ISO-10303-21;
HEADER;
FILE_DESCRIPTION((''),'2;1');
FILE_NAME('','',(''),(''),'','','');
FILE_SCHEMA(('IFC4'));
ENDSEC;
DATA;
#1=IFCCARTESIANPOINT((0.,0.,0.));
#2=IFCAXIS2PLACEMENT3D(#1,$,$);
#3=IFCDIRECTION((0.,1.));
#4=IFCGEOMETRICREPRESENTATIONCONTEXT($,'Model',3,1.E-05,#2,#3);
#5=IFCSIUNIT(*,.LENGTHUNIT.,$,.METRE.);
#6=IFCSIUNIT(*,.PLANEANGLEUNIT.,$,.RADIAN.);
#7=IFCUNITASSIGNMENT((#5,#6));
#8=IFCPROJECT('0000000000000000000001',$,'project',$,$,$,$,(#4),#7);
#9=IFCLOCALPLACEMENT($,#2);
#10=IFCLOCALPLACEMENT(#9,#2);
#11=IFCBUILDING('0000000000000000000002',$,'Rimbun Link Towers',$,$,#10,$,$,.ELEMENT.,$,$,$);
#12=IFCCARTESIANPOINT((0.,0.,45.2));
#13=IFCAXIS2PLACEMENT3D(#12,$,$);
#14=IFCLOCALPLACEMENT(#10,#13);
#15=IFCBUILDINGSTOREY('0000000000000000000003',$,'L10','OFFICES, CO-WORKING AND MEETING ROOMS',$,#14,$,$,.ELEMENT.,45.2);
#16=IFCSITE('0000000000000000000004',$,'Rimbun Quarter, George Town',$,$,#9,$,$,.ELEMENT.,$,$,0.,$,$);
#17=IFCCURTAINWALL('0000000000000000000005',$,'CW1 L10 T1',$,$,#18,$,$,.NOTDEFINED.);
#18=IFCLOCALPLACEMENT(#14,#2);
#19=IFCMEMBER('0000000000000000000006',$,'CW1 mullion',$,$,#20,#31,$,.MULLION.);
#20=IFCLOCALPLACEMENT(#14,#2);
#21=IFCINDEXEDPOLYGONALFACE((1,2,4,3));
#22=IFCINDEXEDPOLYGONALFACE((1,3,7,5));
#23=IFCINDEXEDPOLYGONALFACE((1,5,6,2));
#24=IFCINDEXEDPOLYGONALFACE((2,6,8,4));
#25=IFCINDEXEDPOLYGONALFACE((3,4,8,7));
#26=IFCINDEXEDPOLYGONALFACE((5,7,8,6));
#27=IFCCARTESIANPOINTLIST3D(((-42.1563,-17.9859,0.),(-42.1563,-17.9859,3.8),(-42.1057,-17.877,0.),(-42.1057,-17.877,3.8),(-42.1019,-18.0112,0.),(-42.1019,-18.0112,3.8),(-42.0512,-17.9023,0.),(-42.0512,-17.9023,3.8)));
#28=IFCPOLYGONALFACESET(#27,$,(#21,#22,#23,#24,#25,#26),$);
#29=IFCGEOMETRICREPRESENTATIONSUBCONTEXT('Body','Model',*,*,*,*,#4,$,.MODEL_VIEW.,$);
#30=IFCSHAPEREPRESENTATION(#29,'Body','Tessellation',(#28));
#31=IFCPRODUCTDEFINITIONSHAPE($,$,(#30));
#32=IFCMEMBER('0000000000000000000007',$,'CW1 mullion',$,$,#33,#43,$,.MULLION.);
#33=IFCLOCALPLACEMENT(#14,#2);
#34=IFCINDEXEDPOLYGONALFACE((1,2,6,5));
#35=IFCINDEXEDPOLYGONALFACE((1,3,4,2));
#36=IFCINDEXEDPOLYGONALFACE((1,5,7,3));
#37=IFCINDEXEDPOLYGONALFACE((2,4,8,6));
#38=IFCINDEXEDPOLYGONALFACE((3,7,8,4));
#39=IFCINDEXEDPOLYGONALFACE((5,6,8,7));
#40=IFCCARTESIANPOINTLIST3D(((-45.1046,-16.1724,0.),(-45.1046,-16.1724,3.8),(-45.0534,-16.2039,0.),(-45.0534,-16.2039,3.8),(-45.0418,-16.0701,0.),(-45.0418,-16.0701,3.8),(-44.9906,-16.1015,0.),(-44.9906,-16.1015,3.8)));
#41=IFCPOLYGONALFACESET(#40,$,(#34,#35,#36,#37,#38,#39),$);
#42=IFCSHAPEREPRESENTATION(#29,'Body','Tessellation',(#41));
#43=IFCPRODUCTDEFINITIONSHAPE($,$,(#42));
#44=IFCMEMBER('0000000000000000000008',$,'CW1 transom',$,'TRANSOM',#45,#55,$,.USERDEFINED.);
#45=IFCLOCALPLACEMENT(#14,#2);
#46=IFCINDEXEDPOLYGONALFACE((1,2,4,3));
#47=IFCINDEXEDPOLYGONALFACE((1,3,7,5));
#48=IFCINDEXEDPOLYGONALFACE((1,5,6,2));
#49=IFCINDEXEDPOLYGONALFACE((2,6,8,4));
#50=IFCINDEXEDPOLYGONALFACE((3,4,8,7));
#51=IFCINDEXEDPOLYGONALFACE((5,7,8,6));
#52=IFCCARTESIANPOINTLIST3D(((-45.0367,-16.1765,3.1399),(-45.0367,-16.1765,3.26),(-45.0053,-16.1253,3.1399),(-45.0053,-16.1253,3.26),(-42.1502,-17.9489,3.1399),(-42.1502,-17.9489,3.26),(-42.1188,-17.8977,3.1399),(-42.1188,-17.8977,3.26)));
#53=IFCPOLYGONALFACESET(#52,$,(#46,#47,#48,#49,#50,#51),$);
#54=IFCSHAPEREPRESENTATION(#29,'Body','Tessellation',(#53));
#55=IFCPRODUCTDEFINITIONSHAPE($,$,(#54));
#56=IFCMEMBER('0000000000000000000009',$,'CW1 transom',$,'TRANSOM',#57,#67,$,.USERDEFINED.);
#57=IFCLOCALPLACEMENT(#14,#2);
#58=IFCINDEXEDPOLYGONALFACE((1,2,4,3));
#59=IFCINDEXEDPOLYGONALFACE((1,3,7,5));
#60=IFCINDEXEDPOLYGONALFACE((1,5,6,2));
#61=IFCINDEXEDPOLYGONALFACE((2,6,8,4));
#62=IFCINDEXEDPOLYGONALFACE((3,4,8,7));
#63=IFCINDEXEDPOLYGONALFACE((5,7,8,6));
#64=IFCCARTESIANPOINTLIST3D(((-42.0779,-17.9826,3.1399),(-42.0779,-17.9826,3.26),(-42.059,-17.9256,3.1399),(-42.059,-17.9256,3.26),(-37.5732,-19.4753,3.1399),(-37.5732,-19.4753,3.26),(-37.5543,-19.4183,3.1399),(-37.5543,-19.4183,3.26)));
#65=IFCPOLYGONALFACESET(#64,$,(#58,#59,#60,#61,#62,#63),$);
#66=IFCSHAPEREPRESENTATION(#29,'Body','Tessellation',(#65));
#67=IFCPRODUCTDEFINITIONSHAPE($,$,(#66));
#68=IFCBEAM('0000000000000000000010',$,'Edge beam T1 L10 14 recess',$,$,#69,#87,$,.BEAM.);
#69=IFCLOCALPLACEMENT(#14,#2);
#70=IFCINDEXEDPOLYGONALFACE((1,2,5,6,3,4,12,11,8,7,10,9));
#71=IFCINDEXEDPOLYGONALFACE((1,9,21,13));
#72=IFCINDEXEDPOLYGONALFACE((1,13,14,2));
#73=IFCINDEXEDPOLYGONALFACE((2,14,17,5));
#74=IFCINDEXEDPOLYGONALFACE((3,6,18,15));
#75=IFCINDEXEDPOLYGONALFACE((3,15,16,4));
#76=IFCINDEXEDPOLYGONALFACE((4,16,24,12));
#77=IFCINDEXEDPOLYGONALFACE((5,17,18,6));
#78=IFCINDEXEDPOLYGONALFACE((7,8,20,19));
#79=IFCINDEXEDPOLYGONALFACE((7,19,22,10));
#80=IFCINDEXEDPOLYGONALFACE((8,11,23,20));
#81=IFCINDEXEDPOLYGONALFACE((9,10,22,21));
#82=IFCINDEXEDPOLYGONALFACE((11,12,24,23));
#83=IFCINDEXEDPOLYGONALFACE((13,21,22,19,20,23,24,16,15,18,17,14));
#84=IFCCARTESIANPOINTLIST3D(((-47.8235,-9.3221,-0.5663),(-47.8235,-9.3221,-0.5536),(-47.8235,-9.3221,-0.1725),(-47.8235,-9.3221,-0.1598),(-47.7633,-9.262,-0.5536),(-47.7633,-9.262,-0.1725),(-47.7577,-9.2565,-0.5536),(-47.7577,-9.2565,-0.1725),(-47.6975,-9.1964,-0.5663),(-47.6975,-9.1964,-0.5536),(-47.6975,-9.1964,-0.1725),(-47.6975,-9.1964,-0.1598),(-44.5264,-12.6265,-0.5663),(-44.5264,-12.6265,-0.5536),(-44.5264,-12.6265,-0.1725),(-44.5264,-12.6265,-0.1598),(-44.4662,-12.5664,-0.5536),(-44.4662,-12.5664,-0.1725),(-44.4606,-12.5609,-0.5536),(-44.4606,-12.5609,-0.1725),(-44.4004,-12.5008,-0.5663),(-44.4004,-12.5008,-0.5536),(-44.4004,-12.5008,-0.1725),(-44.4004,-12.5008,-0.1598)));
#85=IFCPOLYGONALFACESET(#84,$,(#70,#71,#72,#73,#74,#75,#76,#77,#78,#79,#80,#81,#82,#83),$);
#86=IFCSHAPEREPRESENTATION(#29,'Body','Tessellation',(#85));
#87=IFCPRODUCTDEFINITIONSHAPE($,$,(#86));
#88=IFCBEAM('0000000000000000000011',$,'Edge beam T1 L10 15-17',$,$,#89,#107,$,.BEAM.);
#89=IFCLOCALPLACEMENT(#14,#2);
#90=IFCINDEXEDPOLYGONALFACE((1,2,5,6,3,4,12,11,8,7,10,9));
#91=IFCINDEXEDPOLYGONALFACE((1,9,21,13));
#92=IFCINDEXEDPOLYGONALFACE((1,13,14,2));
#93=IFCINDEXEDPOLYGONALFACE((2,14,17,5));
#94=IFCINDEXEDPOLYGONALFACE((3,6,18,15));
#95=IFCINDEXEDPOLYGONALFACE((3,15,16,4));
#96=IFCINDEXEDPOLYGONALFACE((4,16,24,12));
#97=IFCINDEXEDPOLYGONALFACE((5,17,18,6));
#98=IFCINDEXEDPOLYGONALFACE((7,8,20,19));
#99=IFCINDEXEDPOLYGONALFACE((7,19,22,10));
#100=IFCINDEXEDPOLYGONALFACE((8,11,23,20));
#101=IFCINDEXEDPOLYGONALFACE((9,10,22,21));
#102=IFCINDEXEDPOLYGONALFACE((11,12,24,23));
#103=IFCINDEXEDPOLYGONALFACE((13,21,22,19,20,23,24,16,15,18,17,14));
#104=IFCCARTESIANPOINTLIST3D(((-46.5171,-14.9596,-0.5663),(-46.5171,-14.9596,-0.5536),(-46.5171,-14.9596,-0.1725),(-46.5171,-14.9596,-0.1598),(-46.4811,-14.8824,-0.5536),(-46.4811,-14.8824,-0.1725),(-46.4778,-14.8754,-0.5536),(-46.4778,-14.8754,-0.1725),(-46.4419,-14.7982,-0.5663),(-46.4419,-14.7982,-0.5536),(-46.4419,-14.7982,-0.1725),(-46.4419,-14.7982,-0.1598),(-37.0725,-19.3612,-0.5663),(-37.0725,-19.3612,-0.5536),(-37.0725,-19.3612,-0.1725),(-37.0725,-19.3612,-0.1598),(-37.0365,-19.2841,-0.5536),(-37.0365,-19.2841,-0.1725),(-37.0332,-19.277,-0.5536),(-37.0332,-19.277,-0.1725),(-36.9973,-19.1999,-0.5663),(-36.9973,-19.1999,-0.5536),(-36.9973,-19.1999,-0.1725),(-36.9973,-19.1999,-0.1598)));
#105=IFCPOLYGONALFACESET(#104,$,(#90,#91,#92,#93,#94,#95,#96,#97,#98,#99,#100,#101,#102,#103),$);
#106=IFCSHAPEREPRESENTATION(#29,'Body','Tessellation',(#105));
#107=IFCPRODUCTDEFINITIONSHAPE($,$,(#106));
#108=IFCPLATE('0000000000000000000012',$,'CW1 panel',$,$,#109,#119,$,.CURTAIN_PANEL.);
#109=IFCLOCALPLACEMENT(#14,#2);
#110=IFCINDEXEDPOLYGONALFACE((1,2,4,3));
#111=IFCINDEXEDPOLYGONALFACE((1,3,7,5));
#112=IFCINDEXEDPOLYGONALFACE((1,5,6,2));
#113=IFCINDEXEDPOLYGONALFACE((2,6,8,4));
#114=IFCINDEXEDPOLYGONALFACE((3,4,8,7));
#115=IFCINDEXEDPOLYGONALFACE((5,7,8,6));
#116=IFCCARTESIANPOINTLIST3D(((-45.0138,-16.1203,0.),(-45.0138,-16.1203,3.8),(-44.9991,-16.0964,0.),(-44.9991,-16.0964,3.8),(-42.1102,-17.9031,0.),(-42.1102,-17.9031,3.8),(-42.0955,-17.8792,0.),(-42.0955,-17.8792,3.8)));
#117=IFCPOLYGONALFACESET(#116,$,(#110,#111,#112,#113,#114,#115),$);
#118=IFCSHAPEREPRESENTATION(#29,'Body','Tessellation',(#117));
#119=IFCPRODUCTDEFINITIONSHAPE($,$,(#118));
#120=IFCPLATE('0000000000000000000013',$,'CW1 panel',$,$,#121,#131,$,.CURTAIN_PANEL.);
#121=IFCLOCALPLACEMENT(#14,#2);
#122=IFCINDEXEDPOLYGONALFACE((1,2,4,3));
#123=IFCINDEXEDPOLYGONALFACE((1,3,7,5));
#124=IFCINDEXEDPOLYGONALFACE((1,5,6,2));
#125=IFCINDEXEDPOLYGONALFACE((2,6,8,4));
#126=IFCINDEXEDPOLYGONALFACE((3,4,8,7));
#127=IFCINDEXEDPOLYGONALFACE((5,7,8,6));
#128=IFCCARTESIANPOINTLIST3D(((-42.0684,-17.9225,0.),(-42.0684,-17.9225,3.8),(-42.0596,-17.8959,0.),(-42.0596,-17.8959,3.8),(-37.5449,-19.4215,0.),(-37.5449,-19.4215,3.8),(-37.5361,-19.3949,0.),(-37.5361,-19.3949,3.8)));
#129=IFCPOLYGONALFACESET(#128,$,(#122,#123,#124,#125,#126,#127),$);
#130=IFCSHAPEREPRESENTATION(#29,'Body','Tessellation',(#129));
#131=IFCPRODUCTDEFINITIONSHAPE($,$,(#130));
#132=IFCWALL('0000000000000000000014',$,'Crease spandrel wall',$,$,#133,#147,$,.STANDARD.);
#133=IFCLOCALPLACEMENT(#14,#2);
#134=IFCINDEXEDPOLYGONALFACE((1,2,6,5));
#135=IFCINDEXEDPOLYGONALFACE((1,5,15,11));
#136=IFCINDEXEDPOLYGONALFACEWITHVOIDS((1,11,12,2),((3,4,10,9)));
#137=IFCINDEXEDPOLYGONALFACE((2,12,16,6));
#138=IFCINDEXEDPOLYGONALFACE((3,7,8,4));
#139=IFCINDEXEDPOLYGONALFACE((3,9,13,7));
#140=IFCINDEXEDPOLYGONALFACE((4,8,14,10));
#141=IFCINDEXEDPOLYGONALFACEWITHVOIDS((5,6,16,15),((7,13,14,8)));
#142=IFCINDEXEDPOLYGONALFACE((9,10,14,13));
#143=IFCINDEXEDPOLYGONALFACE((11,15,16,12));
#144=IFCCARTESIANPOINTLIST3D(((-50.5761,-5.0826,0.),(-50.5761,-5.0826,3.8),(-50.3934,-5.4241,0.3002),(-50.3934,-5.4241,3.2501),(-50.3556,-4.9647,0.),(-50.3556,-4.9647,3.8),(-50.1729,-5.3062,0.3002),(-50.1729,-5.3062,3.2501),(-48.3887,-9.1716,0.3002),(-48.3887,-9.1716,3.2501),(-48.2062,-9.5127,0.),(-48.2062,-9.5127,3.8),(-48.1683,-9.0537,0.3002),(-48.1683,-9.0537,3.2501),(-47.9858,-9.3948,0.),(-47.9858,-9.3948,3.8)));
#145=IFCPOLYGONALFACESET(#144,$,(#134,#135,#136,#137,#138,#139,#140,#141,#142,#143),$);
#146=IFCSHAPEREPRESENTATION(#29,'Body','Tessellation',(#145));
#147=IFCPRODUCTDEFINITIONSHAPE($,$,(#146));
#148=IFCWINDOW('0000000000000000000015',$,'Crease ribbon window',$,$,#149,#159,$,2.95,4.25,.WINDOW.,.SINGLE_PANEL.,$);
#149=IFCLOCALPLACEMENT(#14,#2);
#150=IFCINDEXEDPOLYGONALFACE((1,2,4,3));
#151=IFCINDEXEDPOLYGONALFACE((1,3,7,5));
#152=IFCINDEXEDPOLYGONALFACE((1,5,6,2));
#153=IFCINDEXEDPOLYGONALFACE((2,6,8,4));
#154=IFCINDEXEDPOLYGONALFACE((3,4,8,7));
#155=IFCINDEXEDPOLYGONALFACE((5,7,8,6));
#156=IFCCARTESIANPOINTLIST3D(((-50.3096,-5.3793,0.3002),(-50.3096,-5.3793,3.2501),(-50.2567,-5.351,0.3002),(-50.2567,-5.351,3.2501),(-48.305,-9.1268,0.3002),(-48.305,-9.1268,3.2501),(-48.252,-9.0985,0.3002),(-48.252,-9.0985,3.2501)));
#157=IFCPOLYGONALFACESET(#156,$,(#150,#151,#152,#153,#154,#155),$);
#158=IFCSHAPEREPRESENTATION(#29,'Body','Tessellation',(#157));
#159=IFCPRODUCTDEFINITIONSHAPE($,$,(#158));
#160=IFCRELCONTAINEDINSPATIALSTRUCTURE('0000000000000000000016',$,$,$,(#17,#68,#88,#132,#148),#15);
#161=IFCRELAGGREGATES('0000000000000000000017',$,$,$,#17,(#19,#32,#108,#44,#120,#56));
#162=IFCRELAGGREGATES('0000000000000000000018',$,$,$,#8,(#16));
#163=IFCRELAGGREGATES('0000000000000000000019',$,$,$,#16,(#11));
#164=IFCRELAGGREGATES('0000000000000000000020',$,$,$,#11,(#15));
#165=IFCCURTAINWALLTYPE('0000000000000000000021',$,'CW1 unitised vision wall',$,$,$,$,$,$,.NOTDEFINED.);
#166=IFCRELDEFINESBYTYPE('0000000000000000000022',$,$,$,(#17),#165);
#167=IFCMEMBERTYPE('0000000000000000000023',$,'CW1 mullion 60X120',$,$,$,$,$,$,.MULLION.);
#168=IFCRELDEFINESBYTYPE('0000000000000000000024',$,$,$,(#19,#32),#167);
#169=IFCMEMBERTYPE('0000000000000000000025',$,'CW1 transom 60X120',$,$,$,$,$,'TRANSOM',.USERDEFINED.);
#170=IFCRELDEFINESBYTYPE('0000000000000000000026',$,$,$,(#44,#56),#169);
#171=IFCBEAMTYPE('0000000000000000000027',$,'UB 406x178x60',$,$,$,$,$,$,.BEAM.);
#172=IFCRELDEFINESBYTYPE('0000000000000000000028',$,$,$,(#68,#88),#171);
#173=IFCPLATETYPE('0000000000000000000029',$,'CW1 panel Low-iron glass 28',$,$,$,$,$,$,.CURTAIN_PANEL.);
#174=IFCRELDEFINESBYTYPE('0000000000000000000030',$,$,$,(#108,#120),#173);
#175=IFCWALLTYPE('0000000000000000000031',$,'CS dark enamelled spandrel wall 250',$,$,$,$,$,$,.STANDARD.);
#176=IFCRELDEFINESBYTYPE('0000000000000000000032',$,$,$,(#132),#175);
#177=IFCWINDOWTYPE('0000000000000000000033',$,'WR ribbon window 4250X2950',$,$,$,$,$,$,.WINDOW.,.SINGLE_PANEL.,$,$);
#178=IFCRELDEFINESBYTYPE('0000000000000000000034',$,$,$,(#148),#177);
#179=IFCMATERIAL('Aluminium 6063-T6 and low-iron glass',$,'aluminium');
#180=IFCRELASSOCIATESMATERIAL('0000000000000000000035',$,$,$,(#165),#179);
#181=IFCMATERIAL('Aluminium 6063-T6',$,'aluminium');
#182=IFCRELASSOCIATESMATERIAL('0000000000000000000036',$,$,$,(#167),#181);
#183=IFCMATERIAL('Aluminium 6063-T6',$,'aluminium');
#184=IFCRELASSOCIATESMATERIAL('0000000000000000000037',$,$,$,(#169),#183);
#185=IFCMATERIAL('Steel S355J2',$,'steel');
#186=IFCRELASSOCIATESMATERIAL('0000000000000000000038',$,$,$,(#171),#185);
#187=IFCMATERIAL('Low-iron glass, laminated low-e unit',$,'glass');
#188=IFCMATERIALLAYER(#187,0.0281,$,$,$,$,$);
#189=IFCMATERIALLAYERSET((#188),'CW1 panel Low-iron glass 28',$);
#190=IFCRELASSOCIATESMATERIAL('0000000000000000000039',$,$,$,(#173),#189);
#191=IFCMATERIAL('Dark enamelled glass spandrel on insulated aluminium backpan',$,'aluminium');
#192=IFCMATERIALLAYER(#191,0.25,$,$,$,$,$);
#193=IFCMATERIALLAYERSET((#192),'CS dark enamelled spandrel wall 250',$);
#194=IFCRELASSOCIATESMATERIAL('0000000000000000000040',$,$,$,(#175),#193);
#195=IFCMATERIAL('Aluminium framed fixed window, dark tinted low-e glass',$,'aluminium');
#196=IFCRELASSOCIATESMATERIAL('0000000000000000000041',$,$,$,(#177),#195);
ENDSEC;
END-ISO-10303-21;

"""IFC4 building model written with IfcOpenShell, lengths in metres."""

from ifc_helpers import new_model, si_unit, direction, frame, frame_2d, origin, origin_2d, place, context, subcontext, project, spatial, rectangle, i_section, extrude, material, layer, layer_set, material_profile, profile_set, type_object, element, fill, aggregate, save


model = new_model("IFC4")

# Units and contexts
model_context = context("Model", 3, precision=1e-05, world=origin(), true_north=direction((0.0, 1.0)))
body_context = subcontext(model_context, "Body", "Model", "MODEL_VIEW")
ifc_project = project(units=[si_unit("LENGTHUNIT", "METRE"), si_unit("PLANEANGLEUNIT", "RADIAN")], contexts=[model_context])

# Site, building, storey
site_placement = place(None, origin())
site = spatial("IfcSite", under=ifc_project, at=site_placement, Name="Rimbun Quarter, George Town", CompositionType="ELEMENT", RefElevation=0.0)
building_placement = place(site_placement, origin())
building = spatial("IfcBuilding", under=site, at=building_placement, Name="Rimbun Link Towers", CompositionType="ELEMENT")
storey_placement = place(building_placement, frame((0.0, 0.0, 45.2)))
storey = spatial("IfcBuildingStorey", under=building, at=storey_placement, Name="L10", Description="OFFICES, CO-WORKING AND MEETING ROOMS", CompositionType="ELEMENT", Elevation=45.2)

# Curtain wall, members
ifc_material_1 = material(Name="Aluminium 6063-T6 and low-iron glass", Category="aluminium")
curtain_wall_type = type_object("IfcCurtainWallType", Name="CW1 unitised vision wall", PredefinedType="NOTDEFINED", material=ifc_material_1)
curtain_wall_placement = place(storey_placement, origin())
curtain_wall = element("IfcCurtainWall", 1, at=curtain_wall_placement, inside=storey, type_object=curtain_wall_type, Name="CW1 L10 T1", PredefinedType="NOTDEFINED")
ifc_material_2 = material(Name="Aluminium 6063-T6", Category="aluminium")
ifc_material_profile_1 = material_profile(ifc_material_2, rectangle(XDim=0.1201, YDim=0.0601, at=origin_2d()), Name="MULLION 60X120")
ifc_profile_set_1 = profile_set([ifc_material_profile_1], Name="Aluminium 6063-T6")
member_type_1 = type_object("IfcMemberType", Name="CW1 mullion 60X120", PredefinedType="MULLION", material=ifc_profile_set_1)
member_1_placement = place(storey_placement, frame((-42.1038, -17.9441, 0.0), z_axis=(0.0, 0.0, 1.0), x_axis=(-0.421701, -0.906735, 0.0)))
member_1 = element("IfcMember", 2, at=member_1_placement, type_object=member_type_1, Name="CW1 mullion", PredefinedType="MULLION", context=body_context, shape_type="SweptSolid", body=[
    extrude(rectangle(XDim=0.1201, YDim=0.0601, at=origin_2d()), origin(), (0.0, 0.0, 1.0), 3.8),
])
member_2_placement = place(storey_placement, frame((-45.0476, -16.137, 0.0), z_axis=(0.0, 0.0, 1.0), x_axis=(-0.523241, -0.852185, 0.0)))
member_2 = element("IfcMember", 3, at=member_2_placement, type_object=member_type_1, Name="CW1 mullion", PredefinedType="MULLION", context=body_context, shape_type="SweptSolid", body=[
    extrude(rectangle(XDim=0.1201, YDim=0.0601, at=origin_2d()), origin(), (0.0, 0.0, 1.0), 3.8),
])
ifc_material_3 = material(Name="Aluminium 6063-T6", Category="aluminium")
ifc_material_profile_2 = material_profile(ifc_material_3, rectangle(XDim=0.0601, YDim=0.1201, at=origin_2d()), Name="TRANSOM 60X120")
ifc_profile_set_2 = profile_set([ifc_material_profile_2], Name="Aluminium 6063-T6")
member_type_2 = type_object("IfcMemberType", Name="CW1 transom 60X120", ElementType="TRANSOM", PredefinedType="USERDEFINED", material=ifc_profile_set_2)
member_3_placement = place(storey_placement, frame((-42.1345, -17.9233, 3.2), z_axis=(-0.852163, 0.523277, 0.0), x_axis=(-0.523277, -0.852163, 0.0)))
member_3 = element("IfcMember", 4, at=member_3_placement, type_object=member_type_2, Name="CW1 transom", ObjectType="TRANSOM", PredefinedType="USERDEFINED", context=body_context, shape_type="SweptSolid", body=[
    extrude(rectangle(XDim=0.0601, YDim=0.1201, at=origin_2d()), origin(), (0.0, 0.0, 1.0), 3.3872),
])
member_4_placement = place(storey_placement, frame((-37.5637, -19.4468, 3.2), z_axis=(-0.949243, 0.314545, 0.0), x_axis=(-0.314545, -0.949243, 0.0)))
member_4 = element("IfcMember", 5, at=member_4_placement, type_object=member_type_2, Name="CW1 transom", ObjectType="TRANSOM", PredefinedType="USERDEFINED", context=body_context, shape_type="SweptSolid", body=[
    extrude(rectangle(XDim=0.0601, YDim=0.1201, at=origin_2d()), origin(), (0.0, 0.0, 1.0), 4.7456),
])

# Beams
ifc_material_4 = material(Name="Steel S355J2", Category="steel")
ifc_material_profile_3 = material_profile(ifc_material_4, i_section(OverallWidth=0.178, OverallDepth=0.4065, WebThickness=0.0078, FlangeThickness=0.0127, at=origin_2d()), Name="UB 406x178x60")
ifc_profile_set_3 = profile_set([ifc_material_profile_3], Name="Steel S355J2")
beam_type = type_object("IfcBeamType", Name="UB 406x178x60", PredefinedType="BEAM", material=ifc_profile_set_3)
beam_1_placement = place(storey_placement, frame((-47.7605, -9.2593, -0.363), z_axis=(0.706322, -0.707891, 0.0), x_axis=(0.707891, 0.706322, 0.0)))
element("IfcBeam", 6, at=beam_1_placement, inside=storey, type_object=beam_type, Name="Edge beam T1 L10 14 recess", PredefinedType="BEAM", context=body_context, shape_type="SweptSolid", body=[
    extrude(i_section(OverallWidth=0.178, OverallDepth=0.4065, WebThickness=0.0078, FlangeThickness=0.0127, at=origin_2d()), origin(), (0.0, 0.0, 1.0), 4.668),
])
beam_2_placement = place(storey_placement, frame((-46.4795, -14.8789, -0.363), z_axis=(0.906399, -0.422424, 0.0), x_axis=(0.422424, 0.906399, 0.0)))
element("IfcBeam", 7, at=beam_2_placement, inside=storey, type_object=beam_type, Name="Edge beam T1 L10 15-17", PredefinedType="BEAM", context=body_context, shape_type="SweptSolid", body=[
    extrude(i_section(OverallWidth=0.178, OverallDepth=0.4065, WebThickness=0.0078, FlangeThickness=0.0127, at=origin_2d()), origin(), (0.0, 0.0, 1.0), 10.4199),
])

# Plates
ifc_material_5 = material(Name="Low-iron glass, laminated low-e unit", Category="glass")
ifc_layer_1 = layer(ifc_material_5, 0.0281)
ifc_layer_set_1 = layer_set([ifc_layer_1], Name="CW1 panel Low-iron glass 28")
plate_type = type_object("IfcPlateType", Name="CW1 panel Low-iron glass 28", PredefinedType="CURTAIN_PANEL", material=ifc_layer_set_1)
plate_1_placement = place(storey_placement, frame((-43.5547, -16.9998, 0.0), z_axis=(0.0, 0.0, 1.0), x_axis=(-0.852185, 0.523241, 0.0)))
plate_1 = element("IfcPlate", 8, at=plate_1_placement, type_object=plate_type, Name="CW1 panel", PredefinedType="CURTAIN_PANEL", context=body_context, shape_type="SweptSolid", body=[
    extrude(rectangle(XDim=3.4072, YDim=0.0281, at=origin_2d()), origin(), (0.0, 0.0, 1.0), 3.8),
])
plate_2_placement = place(storey_placement, frame((-39.8022, -18.6587, 0.0), z_axis=(0.0, 0.0, 1.0), x_axis=(-0.949238, 0.314558, 0.0)))
plate_2 = element("IfcPlate", 9, at=plate_2_placement, type_object=plate_type, Name="CW1 panel", PredefinedType="CURTAIN_PANEL", context=body_context, shape_type="SweptSolid", body=[
    extrude(rectangle(XDim=4.7654, YDim=0.0281, at=origin_2d()), origin(), (0.0, 0.0, 1.0), 3.8),
])
aggregate(curtain_wall, [member_1, member_2, plate_1, member_3, plate_2, member_4])

# Wall, opening, window
ifc_material_6 = material(Name="Dark enamelled glass spandrel on insulated aluminium backpan", Category="aluminium")
ifc_layer_2 = layer(ifc_material_6, 0.25)
ifc_layer_set_2 = layer_set([ifc_layer_2], Name="CS dark enamelled spandrel wall 250")
wall_type_1 = type_object("IfcWallType", Name="CS dark enamelled spandrel wall 250", PredefinedType="STANDARD", material=ifc_layer_set_2)
wall_1_placement = place(storey_placement, frame((-48.0959, -9.4539, 0.0), z_axis=(0.0, 0.0, 1.0), x_axis=(-0.47169, 0.881764, 0.0)))
wall_1 = element("IfcWall", 10, at=wall_1_placement, inside=storey, type_object=wall_type_1, Name="Crease spandrel wall", PredefinedType="STANDARD", context=body_context, shape_type="SweptSolid", body=[
    extrude(rectangle(XDim=5.0242, YDim=0.25, at=frame_2d((2.5122, 0.0))), origin(), (0.0, 0.0, 1.0), 3.8),
])
opening_1_placement = place(wall_1_placement, frame((0.387, 0.0, 0.3)))
opening_1 = element("IfcOpeningElement", 11, at=opening_1_placement, cuts=wall_1, PredefinedType="OPENING", context=body_context, shape_type="SweptSolid", body=[
    extrude(rectangle(XDim=4.25, YDim=2.95, at=frame_2d((2.125, 1.4751))), frame((0.0, 0.135, 0.0), z_axis=(0.0, -1.0, 0.0), x_axis=(1.0, 0.0, 0.0)), (0.0, 0.0, 1.0), 0.27),
])
ifc_material_7 = material(Name="Aluminium framed fixed window, dark tinted low-e glass", Category="aluminium")
window_type_1 = type_object("IfcWindowType", Name="WR ribbon window 4250X2950", PartitioningType="SINGLE_PANEL", PredefinedType="WINDOW", material=ifc_material_7)
window_1_placement = place(opening_1_placement, origin())
window_1 = element("IfcWindow", 12, at=window_1_placement, inside=storey, type_object=window_type_1, Name="Crease ribbon window", OverallHeight=2.95, OverallWidth=4.25, PartitioningType="SINGLE_PANEL", PredefinedType="WINDOW", context=body_context, shape_type="SweptSolid", body=[
    extrude(rectangle(XDim=4.25, YDim=2.95, at=frame_2d((2.125, 1.4751))), frame((0.0, 0.03, 0.0), z_axis=(0.0, -1.0, 0.0), x_axis=(1.0, 0.0, 0.0)), (0.0, 0.0, 1.0), 0.0601),
])
fill(opening_1, window_1)

save(model, "model.ifc")
